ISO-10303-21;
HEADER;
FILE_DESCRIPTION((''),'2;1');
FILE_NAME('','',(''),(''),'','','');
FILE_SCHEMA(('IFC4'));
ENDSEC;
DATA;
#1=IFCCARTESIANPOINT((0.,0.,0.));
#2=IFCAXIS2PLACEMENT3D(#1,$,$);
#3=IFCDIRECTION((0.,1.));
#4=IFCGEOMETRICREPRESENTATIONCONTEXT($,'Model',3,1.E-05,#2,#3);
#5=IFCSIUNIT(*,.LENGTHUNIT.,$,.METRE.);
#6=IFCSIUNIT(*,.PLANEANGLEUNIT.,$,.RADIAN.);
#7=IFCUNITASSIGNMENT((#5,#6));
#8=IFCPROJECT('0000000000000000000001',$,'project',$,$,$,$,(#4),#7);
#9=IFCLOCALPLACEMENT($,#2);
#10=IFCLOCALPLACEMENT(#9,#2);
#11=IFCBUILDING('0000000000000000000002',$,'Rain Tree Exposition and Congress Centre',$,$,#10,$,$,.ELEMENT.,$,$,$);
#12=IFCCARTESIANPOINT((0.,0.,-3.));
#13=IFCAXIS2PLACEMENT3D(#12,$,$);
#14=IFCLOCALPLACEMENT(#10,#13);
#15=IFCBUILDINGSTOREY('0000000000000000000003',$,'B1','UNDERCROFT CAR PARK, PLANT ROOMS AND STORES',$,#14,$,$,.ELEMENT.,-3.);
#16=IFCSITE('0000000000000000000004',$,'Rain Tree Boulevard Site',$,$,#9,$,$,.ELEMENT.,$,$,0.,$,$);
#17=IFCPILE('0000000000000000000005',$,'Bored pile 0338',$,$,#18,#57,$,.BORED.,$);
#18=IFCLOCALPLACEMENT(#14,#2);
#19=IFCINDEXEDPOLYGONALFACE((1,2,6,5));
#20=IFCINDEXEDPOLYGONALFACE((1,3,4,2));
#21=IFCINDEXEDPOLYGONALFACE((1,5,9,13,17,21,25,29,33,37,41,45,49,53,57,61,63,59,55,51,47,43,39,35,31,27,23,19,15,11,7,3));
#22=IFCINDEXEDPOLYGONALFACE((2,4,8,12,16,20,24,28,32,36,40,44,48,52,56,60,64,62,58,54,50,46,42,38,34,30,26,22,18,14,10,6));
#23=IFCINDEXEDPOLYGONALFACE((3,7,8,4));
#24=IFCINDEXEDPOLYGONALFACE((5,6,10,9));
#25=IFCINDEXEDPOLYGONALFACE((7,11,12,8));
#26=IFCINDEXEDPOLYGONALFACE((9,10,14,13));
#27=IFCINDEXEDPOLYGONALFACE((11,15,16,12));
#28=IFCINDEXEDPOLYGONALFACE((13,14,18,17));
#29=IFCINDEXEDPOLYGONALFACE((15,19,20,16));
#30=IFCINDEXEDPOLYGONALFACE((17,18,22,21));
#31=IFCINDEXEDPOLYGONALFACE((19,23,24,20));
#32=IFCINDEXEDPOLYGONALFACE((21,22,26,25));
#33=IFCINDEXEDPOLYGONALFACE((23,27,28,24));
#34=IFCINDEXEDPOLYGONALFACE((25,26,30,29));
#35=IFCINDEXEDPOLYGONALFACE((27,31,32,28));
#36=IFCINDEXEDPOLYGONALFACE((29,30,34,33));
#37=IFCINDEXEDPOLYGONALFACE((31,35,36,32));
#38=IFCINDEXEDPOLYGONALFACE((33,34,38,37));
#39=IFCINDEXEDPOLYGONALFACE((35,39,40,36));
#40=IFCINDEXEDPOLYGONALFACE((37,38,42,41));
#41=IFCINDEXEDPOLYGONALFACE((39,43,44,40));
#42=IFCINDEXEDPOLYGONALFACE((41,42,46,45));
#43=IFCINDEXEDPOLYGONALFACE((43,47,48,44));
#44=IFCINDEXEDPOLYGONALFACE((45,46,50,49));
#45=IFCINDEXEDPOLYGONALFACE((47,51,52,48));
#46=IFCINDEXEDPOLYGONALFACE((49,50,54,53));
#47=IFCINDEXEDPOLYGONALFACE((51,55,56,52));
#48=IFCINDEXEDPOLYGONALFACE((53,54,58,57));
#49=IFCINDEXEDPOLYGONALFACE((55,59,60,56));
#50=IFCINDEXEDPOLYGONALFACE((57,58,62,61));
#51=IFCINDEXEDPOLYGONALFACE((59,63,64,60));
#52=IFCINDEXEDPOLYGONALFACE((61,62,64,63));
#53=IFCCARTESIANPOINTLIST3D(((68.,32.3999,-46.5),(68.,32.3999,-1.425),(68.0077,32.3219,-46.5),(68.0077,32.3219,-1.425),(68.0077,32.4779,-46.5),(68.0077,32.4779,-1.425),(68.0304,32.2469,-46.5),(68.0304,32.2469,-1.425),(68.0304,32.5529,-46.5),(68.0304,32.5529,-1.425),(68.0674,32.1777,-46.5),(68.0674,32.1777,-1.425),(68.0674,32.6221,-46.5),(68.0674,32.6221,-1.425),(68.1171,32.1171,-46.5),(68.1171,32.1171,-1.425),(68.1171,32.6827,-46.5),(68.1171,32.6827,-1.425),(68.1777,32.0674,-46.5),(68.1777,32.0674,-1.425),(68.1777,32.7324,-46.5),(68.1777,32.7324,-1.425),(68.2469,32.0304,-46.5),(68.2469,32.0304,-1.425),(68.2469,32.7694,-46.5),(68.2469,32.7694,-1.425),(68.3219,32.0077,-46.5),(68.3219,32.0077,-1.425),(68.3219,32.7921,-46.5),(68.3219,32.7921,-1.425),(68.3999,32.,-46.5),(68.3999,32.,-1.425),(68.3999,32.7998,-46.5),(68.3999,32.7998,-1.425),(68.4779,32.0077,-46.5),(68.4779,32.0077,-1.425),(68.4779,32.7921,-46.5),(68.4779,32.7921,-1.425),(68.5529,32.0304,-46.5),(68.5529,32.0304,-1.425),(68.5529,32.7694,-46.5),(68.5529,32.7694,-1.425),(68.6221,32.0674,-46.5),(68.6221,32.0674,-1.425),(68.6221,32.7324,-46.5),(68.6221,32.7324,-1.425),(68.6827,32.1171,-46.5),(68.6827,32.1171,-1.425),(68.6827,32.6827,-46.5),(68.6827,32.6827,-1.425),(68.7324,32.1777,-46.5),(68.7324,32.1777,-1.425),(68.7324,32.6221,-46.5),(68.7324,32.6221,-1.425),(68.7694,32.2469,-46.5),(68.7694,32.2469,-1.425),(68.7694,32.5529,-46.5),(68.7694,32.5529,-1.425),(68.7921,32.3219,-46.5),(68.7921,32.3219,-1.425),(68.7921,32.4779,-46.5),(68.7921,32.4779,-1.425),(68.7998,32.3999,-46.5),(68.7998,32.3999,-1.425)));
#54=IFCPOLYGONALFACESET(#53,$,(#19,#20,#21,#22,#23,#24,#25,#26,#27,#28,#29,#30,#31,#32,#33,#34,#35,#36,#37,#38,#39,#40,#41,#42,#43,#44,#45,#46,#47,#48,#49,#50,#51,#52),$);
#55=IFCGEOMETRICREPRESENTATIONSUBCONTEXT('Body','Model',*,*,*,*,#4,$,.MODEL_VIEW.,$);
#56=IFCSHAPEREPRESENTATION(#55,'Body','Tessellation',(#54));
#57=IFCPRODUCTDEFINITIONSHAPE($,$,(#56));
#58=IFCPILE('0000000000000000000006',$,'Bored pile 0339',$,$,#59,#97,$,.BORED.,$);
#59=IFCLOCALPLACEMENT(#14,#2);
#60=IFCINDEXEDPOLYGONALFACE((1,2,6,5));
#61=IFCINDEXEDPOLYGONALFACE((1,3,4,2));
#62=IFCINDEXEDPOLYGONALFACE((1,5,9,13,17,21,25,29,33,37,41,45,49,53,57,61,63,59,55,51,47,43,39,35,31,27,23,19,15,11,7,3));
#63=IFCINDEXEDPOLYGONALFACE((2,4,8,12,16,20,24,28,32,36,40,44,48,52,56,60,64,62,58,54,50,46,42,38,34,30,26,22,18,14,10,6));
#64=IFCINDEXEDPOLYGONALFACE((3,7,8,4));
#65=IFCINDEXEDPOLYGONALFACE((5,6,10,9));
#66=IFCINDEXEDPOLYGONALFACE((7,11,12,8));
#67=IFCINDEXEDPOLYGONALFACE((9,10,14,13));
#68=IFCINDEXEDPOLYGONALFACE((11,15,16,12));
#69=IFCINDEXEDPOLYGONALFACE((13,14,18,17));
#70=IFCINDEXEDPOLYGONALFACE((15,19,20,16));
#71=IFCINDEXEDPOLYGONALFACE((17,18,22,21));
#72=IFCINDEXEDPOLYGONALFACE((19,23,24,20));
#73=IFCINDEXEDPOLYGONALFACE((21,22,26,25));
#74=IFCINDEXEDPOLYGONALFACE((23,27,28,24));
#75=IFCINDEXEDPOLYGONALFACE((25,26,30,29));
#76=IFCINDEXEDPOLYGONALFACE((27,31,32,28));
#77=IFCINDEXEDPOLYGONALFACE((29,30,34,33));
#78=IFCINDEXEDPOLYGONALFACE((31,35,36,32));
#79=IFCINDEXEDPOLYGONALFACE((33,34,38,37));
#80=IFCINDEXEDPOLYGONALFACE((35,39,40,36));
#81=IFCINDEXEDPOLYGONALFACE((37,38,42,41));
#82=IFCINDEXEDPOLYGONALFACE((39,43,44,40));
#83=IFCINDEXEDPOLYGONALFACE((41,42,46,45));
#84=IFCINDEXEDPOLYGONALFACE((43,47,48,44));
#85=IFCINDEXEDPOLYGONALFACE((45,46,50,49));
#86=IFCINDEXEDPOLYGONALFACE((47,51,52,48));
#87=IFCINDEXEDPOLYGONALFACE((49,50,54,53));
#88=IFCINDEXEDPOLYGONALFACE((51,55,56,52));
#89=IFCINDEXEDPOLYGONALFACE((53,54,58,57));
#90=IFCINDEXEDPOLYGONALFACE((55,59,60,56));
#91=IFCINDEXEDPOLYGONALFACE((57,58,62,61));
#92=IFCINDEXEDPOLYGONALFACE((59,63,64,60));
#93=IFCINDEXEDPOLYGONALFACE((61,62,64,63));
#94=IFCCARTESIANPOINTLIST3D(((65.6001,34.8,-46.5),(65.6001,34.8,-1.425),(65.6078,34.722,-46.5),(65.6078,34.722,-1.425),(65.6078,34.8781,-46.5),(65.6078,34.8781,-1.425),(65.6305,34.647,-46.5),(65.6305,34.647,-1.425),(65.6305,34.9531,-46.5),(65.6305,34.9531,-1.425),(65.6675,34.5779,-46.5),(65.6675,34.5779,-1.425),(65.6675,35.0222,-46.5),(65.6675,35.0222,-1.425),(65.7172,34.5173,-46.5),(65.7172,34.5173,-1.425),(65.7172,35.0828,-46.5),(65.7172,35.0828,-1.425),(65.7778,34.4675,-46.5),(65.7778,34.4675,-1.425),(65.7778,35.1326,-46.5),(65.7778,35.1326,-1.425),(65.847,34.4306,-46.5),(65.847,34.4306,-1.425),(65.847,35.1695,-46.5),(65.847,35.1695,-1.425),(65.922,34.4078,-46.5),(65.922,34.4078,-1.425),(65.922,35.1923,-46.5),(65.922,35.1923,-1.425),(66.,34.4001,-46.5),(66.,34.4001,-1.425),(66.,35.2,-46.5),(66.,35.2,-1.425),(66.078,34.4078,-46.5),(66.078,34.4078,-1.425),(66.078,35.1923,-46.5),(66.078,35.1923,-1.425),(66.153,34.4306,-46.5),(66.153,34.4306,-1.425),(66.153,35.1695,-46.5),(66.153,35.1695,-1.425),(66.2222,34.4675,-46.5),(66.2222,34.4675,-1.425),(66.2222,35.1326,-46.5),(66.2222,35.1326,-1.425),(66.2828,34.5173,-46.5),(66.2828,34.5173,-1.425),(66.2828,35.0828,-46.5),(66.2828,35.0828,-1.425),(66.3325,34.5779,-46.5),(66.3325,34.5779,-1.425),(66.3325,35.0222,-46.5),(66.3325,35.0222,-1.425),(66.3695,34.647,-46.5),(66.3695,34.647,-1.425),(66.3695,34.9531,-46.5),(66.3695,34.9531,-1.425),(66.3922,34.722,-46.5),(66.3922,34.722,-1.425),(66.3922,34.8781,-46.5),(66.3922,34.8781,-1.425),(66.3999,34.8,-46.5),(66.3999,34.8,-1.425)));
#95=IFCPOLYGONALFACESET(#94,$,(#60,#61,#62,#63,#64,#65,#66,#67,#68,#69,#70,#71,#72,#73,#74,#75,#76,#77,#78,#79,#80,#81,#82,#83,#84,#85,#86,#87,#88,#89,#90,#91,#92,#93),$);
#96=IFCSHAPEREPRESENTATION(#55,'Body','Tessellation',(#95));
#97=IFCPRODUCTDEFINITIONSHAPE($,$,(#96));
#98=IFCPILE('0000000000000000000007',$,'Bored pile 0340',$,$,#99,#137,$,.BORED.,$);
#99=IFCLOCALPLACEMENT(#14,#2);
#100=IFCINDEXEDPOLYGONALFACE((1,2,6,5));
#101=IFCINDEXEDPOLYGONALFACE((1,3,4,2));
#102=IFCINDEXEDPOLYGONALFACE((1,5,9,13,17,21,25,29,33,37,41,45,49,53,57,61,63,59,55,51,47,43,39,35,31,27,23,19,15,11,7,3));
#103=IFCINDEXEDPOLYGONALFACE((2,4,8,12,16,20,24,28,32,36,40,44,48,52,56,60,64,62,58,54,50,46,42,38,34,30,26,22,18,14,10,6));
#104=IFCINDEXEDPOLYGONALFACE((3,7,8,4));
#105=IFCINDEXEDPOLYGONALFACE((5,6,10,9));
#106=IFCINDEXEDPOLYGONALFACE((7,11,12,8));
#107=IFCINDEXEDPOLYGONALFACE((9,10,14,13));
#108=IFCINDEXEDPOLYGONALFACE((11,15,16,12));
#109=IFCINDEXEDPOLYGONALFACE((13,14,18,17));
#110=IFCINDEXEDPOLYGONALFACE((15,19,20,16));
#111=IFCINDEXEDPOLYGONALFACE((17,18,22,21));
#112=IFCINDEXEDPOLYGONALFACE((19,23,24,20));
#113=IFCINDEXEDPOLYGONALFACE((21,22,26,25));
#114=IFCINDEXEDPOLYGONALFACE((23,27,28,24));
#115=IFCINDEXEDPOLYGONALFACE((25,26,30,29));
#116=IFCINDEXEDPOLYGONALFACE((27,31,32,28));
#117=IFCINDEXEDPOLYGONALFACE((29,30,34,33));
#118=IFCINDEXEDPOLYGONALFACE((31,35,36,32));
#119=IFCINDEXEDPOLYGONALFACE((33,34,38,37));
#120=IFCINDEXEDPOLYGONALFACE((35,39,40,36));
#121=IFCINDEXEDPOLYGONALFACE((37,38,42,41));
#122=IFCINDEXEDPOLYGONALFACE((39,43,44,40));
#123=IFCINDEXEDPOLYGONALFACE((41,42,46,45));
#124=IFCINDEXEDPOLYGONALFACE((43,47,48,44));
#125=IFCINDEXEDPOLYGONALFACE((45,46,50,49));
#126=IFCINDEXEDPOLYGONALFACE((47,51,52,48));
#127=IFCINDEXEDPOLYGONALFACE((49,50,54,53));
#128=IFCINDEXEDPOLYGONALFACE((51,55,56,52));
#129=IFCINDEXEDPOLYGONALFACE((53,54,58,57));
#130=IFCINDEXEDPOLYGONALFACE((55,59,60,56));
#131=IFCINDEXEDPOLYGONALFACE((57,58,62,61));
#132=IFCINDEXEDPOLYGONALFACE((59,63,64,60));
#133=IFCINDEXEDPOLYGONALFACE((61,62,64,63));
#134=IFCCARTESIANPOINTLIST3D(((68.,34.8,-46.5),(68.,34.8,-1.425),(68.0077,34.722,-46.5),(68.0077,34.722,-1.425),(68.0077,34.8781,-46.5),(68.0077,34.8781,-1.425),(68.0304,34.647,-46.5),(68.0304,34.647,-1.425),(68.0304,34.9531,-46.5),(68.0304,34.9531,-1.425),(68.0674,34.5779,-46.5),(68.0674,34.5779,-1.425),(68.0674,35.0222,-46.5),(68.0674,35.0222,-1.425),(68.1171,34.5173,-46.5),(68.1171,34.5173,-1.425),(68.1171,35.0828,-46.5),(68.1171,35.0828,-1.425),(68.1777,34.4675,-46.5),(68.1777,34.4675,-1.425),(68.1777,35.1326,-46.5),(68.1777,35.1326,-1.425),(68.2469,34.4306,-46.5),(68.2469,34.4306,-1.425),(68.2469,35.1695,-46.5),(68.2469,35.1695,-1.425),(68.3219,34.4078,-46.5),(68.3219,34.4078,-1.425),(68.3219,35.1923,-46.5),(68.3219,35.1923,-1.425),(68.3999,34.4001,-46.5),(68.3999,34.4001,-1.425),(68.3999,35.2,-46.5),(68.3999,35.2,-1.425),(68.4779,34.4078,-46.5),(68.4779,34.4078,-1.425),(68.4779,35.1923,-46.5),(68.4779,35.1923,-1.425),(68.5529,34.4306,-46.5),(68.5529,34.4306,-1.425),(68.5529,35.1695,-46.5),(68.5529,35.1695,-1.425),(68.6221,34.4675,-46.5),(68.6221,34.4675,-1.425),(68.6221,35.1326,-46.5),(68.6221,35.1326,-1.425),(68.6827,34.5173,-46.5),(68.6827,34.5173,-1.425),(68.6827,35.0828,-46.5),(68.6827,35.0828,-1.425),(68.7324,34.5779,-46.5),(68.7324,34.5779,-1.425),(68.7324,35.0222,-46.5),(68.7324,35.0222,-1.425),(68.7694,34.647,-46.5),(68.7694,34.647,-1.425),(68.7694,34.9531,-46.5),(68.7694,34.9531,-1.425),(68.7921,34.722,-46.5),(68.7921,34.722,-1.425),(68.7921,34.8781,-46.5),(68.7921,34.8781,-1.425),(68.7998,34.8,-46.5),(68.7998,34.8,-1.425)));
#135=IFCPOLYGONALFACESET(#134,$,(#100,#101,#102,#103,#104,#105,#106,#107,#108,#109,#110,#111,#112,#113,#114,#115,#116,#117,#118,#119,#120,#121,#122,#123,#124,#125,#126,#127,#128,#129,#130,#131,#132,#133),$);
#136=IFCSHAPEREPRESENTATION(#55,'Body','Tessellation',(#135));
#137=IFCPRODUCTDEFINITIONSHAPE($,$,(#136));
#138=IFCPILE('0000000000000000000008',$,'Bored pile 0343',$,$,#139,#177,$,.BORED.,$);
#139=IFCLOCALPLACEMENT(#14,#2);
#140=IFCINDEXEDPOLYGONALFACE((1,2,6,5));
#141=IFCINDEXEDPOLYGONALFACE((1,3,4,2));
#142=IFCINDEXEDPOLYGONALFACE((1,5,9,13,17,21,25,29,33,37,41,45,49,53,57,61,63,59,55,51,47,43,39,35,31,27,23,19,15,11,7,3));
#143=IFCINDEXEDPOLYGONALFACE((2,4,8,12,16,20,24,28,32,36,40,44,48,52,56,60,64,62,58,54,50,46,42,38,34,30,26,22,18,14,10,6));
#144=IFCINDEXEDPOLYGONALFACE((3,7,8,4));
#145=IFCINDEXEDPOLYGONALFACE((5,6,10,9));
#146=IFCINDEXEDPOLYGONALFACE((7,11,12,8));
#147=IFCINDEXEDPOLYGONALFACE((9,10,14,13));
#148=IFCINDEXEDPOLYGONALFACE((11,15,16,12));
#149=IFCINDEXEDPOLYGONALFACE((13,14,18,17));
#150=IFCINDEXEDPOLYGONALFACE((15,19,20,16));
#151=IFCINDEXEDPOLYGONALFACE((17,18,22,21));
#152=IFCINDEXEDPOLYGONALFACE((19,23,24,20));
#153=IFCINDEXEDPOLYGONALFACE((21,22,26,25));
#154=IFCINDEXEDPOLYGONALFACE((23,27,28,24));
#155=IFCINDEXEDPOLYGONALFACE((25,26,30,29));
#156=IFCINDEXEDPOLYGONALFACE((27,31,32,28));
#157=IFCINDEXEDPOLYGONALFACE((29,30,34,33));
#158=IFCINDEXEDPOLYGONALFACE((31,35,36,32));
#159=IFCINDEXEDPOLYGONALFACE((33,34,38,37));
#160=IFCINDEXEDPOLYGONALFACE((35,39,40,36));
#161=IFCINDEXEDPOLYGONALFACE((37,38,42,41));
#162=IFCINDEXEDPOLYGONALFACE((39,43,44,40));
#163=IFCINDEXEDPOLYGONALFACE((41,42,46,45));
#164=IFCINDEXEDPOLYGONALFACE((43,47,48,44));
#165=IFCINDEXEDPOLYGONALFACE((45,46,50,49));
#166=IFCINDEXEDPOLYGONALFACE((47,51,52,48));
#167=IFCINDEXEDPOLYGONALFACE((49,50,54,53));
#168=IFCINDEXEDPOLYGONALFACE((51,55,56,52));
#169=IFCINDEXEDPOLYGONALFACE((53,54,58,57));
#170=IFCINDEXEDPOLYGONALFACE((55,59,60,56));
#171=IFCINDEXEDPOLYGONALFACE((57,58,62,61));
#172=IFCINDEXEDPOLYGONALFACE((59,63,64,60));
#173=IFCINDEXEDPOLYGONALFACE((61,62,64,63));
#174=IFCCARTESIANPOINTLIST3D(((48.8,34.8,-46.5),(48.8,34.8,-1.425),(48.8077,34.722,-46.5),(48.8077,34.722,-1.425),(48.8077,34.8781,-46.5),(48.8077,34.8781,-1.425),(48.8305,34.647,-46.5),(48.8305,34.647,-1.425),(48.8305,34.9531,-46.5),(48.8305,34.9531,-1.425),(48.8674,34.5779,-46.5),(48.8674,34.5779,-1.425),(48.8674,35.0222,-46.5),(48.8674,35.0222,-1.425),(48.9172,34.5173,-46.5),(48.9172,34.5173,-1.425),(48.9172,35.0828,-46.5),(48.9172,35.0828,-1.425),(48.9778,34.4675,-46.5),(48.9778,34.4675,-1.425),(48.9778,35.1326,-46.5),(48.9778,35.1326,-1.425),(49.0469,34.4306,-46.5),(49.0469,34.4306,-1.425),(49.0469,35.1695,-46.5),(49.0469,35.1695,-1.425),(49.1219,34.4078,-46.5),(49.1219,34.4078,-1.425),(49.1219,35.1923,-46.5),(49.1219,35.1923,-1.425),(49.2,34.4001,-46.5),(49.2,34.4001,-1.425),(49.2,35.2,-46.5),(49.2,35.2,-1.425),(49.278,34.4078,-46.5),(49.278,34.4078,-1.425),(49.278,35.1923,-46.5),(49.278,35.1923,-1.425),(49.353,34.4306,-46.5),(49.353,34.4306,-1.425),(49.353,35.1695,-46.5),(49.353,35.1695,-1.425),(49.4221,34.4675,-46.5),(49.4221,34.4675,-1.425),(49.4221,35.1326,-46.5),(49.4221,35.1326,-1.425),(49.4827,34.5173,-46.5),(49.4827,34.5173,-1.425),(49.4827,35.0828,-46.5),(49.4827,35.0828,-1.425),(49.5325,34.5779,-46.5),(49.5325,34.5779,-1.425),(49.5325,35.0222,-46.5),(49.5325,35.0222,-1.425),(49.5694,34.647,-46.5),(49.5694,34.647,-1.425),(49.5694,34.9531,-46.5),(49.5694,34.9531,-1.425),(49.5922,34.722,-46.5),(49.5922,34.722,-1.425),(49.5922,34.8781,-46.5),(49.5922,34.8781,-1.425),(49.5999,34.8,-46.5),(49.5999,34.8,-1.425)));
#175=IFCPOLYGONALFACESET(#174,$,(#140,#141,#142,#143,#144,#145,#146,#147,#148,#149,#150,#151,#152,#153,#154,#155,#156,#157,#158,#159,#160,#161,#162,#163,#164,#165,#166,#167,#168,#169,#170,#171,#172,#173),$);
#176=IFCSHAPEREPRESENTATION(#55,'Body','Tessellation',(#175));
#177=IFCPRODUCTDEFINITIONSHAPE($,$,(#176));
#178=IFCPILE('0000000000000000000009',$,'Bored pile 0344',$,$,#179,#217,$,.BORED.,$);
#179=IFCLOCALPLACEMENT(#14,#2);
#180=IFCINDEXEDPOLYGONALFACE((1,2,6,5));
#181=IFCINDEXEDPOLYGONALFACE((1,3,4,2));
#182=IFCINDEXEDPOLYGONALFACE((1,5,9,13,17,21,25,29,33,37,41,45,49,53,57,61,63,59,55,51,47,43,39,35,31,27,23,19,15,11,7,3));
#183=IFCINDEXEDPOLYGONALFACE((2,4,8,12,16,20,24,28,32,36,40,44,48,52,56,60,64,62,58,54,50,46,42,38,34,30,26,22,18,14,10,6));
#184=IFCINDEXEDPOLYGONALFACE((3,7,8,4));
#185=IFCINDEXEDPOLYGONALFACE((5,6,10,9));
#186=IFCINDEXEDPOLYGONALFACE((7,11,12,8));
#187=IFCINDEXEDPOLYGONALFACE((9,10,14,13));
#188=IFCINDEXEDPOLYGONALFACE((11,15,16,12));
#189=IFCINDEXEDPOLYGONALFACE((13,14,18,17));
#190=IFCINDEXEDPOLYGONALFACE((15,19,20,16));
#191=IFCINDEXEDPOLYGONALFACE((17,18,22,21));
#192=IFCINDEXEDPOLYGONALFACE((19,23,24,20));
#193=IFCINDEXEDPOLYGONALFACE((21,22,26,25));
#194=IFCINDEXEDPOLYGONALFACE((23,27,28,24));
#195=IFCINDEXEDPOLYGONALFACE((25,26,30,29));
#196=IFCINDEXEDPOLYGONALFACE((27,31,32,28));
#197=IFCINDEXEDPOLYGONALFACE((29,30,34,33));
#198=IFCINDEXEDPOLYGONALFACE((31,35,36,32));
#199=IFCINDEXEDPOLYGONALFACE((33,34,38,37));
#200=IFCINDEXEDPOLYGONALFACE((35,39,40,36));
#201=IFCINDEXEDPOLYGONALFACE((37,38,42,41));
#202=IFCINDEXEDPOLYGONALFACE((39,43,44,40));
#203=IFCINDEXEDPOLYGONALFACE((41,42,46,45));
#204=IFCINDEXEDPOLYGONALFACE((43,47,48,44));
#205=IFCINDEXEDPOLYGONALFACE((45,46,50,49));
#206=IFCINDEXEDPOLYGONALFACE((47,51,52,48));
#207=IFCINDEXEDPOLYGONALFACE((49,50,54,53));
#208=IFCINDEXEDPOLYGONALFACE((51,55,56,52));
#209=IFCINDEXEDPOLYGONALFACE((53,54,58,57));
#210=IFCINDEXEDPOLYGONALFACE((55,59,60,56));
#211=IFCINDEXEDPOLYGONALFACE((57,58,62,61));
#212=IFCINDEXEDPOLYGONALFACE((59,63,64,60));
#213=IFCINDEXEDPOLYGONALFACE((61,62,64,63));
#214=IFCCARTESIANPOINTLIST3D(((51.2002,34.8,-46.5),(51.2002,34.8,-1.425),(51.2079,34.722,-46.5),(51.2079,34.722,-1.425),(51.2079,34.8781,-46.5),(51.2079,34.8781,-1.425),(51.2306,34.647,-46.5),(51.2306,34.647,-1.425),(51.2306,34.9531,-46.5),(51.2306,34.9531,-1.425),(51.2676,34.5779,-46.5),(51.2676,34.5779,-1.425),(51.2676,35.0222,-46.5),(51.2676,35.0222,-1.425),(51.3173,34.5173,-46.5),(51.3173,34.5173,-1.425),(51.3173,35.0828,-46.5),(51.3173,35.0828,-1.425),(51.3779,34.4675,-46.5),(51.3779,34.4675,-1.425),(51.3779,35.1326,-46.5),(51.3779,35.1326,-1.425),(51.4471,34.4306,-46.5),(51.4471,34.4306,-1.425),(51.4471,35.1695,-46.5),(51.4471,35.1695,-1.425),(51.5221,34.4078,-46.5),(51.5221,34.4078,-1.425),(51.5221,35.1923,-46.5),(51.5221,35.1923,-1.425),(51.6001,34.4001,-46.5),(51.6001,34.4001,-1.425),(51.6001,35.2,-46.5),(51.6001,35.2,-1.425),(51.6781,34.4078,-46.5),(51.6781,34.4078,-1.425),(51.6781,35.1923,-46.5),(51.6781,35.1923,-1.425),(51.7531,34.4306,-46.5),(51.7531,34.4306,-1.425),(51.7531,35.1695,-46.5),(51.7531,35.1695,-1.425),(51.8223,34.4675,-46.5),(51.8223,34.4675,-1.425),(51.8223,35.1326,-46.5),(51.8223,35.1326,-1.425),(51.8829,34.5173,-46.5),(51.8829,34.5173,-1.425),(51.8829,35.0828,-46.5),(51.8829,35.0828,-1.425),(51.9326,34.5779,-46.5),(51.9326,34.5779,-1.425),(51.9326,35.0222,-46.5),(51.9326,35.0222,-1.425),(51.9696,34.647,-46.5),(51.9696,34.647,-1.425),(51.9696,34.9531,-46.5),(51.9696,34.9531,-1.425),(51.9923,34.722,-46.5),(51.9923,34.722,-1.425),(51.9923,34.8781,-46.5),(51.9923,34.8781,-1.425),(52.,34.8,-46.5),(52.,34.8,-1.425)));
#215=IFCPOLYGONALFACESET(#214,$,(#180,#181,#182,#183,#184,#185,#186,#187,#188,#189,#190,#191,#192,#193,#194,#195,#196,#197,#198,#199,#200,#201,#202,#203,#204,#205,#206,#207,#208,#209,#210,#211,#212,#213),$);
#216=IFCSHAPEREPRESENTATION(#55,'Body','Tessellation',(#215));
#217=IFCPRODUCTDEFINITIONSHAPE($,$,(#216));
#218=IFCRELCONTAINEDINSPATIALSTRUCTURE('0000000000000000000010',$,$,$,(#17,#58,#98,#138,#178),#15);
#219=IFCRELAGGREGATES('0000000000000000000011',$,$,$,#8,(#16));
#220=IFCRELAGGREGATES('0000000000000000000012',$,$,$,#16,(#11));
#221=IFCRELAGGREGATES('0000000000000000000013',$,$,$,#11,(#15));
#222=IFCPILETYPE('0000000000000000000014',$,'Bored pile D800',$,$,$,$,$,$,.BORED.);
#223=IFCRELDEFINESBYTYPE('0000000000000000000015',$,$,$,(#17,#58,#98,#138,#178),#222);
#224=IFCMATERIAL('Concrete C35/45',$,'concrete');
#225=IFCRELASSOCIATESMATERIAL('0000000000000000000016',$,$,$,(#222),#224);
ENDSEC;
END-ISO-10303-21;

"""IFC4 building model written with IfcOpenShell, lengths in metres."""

from ifc_helpers import new_model, si_unit, direction, frame, origin, origin_2d, place, context, subcontext, project, spatial, circle, extrude, material, material_profile, profile_set, type_object, element, save


model = new_model("IFC4")

# Units and contexts
model_context = context("Model", 3, precision=1e-05, world=origin(), true_north=direction((0.0, 1.0)))
body_context = subcontext(model_context, "Body", "Model", "MODEL_VIEW")
ifc_project = project(units=[si_unit("LENGTHUNIT", "METRE"), si_unit("PLANEANGLEUNIT", "RADIAN")], contexts=[model_context])

# Site, building, storey
site_placement = place(None, origin())
site = spatial("IfcSite", under=ifc_project, at=site_placement, Name="Rain Tree Boulevard Site", CompositionType="ELEMENT", RefElevation=0.0)
building_placement = place(site_placement, origin())
building = spatial("IfcBuilding", under=site, at=building_placement, Name="Rain Tree Exposition and Congress Centre", CompositionType="ELEMENT")
storey_placement = place(building_placement, frame((0.0, 0.0, -3.0)))
storey = spatial("IfcBuildingStorey", under=building, at=storey_placement, Name="B1", Description="UNDERCROFT CAR PARK, PLANT ROOMS AND STORES", CompositionType="ELEMENT", Elevation=-3.0)

# Piles
ifc_material_1 = material(Name="Concrete C35/45", Category="concrete")
ifc_material_profile_1 = material_profile(ifc_material_1, circle(Radius=0.3999, at=origin_2d()), Name="D800")
ifc_profile_set_1 = profile_set([ifc_material_profile_1], Name="Concrete C35/45")
pile_type = type_object("IfcPileType", Name="Bored pile D800", PredefinedType="BORED", material=ifc_profile_set_1)
for number, where, z_axis, x_axis, name in (
    (1, (68.3999, 32.3999, -1.425), (0.0, 0.0, -1.0), (1.0, 0.0, 0.0), "Bored pile 0338"),
    (2, (66.0, 34.8, -1.425), (0.0, 0.0, -1.0), (1.0, 0.0, 0.0), "Bored pile 0339"),
    (3, (68.3999, 34.8, -1.425), (0.0, 0.0, -1.0), (1.0, 0.0, 0.0), "Bored pile 0340"),
    (4, (49.2, 34.8, -1.425), (0.0, 0.0, -1.0), (1.0, 0.0, 0.0), "Bored pile 0343"),
    (5, (51.6001, 34.8, -1.425), (0.0, 0.0, -1.0), (1.0, 0.0, 0.0), "Bored pile 0344"),
):
    element("IfcPile", number, at=place(storey_placement, frame(where, z_axis=z_axis, x_axis=x_axis)), inside=storey, type_object=pile_type, Name=name, PredefinedType="BORED", context=body_context, shape_type="SweptSolid", body=[
        extrude(circle(Radius=0.3999, at=origin_2d()), origin(), (0.0, 0.0, 1.0), 45.075),
    ])

save(model, "model.ifc")
